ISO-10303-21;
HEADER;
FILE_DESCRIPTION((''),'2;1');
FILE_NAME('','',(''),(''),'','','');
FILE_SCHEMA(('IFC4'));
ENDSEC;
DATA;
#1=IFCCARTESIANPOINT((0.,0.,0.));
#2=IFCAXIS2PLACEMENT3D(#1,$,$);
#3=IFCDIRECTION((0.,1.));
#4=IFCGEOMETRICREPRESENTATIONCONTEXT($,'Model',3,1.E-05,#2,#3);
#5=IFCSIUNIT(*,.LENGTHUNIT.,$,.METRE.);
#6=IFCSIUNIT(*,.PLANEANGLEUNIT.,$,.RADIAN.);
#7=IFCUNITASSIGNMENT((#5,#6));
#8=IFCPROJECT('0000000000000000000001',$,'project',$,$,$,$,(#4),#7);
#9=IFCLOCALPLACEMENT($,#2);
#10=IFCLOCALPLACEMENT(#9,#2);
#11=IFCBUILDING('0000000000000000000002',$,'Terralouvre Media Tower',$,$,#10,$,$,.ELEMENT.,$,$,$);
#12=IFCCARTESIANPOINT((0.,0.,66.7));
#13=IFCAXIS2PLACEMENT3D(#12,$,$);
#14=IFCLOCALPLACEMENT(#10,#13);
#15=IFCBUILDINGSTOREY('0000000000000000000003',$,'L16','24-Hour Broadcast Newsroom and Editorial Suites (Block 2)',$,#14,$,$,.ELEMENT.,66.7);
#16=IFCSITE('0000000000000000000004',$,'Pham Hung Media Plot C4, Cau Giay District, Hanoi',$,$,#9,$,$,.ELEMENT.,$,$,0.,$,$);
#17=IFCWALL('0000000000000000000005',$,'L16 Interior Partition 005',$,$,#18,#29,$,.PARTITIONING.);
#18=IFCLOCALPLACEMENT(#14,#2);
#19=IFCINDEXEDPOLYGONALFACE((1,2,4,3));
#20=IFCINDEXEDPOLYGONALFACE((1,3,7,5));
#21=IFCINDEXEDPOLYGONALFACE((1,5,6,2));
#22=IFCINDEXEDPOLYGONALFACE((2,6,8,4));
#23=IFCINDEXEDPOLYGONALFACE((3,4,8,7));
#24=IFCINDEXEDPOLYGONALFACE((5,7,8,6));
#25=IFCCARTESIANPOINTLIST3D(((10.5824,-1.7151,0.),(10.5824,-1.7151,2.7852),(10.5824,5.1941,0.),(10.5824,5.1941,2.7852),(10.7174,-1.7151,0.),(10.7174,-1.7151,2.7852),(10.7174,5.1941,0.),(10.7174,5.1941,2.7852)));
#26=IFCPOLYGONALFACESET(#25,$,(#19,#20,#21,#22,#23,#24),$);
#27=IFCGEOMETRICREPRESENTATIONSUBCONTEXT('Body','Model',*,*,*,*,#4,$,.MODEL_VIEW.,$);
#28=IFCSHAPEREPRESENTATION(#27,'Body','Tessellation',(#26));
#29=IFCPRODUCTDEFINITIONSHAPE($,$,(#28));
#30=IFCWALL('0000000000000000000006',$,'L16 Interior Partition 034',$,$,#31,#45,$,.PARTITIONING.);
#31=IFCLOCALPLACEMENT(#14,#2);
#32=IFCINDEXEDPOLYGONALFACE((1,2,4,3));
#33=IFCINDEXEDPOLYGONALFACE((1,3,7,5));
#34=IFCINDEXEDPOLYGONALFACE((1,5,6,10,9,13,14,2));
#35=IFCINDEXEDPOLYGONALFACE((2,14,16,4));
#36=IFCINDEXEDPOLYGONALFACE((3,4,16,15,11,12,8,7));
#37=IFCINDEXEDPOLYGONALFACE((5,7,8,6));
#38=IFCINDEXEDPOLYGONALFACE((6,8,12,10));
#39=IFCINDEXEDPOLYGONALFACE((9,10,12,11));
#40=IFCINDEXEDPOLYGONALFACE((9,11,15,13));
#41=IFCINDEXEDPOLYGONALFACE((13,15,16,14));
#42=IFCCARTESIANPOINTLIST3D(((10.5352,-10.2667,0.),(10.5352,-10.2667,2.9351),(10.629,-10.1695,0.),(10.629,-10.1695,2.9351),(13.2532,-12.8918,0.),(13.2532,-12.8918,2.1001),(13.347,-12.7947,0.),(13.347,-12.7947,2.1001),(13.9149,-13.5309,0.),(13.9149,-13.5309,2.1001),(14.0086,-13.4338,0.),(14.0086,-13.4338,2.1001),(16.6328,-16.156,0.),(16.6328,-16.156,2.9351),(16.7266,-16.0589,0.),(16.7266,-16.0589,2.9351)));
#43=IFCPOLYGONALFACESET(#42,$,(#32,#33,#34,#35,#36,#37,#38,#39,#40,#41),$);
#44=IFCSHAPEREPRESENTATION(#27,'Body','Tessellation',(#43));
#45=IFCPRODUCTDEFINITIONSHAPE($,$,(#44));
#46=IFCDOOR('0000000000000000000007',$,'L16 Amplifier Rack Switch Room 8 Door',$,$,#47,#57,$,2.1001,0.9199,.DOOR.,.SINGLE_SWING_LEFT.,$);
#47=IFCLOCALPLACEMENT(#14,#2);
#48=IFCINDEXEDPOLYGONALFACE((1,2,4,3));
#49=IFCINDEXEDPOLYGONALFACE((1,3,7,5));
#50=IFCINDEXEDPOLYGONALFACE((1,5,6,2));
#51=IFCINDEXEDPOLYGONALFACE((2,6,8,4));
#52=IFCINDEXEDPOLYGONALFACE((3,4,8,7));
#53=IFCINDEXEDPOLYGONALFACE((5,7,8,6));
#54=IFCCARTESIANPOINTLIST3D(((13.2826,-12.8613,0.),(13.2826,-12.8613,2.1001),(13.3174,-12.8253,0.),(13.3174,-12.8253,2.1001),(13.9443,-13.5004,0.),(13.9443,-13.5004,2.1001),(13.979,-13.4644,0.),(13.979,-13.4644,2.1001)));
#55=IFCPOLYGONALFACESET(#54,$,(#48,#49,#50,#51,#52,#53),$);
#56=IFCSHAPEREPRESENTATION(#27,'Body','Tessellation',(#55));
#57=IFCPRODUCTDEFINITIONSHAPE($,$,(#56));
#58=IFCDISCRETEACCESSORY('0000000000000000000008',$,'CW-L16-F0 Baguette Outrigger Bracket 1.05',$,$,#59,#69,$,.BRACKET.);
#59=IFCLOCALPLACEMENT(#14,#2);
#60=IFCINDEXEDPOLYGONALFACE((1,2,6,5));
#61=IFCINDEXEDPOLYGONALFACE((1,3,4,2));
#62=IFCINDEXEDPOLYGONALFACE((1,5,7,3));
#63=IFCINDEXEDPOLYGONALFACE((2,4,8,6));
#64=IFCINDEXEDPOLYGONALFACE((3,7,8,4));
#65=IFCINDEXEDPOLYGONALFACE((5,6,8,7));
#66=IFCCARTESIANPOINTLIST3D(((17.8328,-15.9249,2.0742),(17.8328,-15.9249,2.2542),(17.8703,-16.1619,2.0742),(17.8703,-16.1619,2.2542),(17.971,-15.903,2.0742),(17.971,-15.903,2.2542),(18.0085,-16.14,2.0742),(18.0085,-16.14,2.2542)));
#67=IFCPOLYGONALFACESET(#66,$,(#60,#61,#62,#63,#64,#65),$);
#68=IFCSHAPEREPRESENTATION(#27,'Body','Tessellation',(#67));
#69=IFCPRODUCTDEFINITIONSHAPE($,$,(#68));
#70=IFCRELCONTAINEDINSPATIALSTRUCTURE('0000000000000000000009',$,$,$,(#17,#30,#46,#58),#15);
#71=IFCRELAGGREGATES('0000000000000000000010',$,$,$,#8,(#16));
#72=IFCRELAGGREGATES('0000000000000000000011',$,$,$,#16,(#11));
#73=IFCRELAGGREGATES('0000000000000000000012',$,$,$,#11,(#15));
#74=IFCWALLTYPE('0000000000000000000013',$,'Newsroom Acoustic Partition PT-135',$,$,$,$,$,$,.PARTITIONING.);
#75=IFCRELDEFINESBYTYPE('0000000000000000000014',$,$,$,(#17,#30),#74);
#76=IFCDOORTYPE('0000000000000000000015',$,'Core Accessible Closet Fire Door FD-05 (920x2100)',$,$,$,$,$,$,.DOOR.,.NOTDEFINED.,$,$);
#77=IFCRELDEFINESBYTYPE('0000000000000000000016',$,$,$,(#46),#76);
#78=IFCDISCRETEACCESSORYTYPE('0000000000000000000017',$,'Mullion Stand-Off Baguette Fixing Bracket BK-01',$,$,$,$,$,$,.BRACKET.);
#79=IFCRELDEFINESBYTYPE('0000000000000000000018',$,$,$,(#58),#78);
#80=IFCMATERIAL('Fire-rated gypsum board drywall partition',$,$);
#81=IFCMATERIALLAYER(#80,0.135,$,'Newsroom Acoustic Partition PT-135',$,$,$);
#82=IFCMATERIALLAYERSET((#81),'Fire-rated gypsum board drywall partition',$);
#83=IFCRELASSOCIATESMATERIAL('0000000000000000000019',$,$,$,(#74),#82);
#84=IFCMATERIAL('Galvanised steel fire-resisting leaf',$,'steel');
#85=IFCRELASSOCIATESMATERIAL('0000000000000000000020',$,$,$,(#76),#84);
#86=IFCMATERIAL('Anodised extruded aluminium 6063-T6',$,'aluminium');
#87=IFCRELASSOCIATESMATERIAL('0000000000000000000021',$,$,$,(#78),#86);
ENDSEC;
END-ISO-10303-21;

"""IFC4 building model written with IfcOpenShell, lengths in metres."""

from ifc_helpers import new_model, si_unit, direction, frame, frame_2d, origin, origin_2d, place, context, subcontext, project, spatial, rectangle, extrude, material, layer, layer_set, type_object, element, fill, save


model = new_model("IFC4")

# Units and contexts
model_context = context("Model", 3, precision=1e-05, world=origin(), true_north=direction((0.0, 1.0)))
body_context = subcontext(model_context, "Body", "Model", "MODEL_VIEW")
ifc_project = project(units=[si_unit("LENGTHUNIT", "METRE"), si_unit("PLANEANGLEUNIT", "RADIAN")], contexts=[model_context])

# Site, building, storey
site_placement = place(None, origin())
site = spatial("IfcSite", under=ifc_project, at=site_placement, Name="Pham Hung Media Plot C4, Cau Giay District, Hanoi", CompositionType="ELEMENT", RefElevation=0.0)
building_placement = place(site_placement, origin())
building = spatial("IfcBuilding", under=site, at=building_placement, Name="Terralouvre Media Tower", CompositionType="ELEMENT")
storey_placement = place(building_placement, frame((0.0, 0.0, 66.7)))
storey = spatial("IfcBuildingStorey", under=building, at=storey_placement, Name="L16", Description="24-Hour Broadcast Newsroom and Editorial Suites (Block 2)", CompositionType="ELEMENT", Elevation=66.7)

# Shared definitions
ifc_material_1 = material(Name="Fire-rated gypsum board drywall partition")
ifc_layer_1 = layer(ifc_material_1, 0.135, Name="Newsroom Acoustic Partition PT-135")
ifc_layer_set_1 = layer_set([ifc_layer_1], Name="Fire-rated gypsum board drywall partition")
wall_type_1 = type_object("IfcWallType", Name="Newsroom Acoustic Partition PT-135", PredefinedType="PARTITIONING", material=ifc_layer_set_1)

# Wall
wall_1_placement = place(storey_placement, frame((10.6499, -1.7151, 0.0), z_axis=(0.0, 0.0, 1.0), x_axis=(0.0, 1.0, 0.0)))
element("IfcWall", 1, at=wall_1_placement, inside=storey, type_object=wall_type_1, Name="L16 Interior Partition 005", PredefinedType="PARTITIONING", context=body_context, shape_type="SweptSolid", body=[
    extrude(rectangle(XDim=6.9092, YDim=0.135, at=frame_2d((3.4546, 0.0))), origin(), (0.0, 0.0, 1.0), 2.7852),
])

# Wall, opening, door
wall_2_placement = place(storey_placement, frame((10.582, -10.218, 0.0), z_axis=(0.0, 0.0, 1.0), x_axis=(0.719283, -0.694717, 0.0)))
wall_2 = element("IfcWall", 2, at=wall_2_placement, inside=storey, type_object=wall_type_1, Name="L16 Interior Partition 034", PredefinedType="PARTITIONING", context=body_context, shape_type="SweptSolid", body=[
    extrude(rectangle(XDim=8.4773, YDim=0.135, at=frame_2d((4.2388, 0.0))), origin(), (0.0, 0.0, 1.0), 2.9351),
])
opening_1_placement = place(wall_2_placement, frame((3.7788, 0.0, 0.0)))
opening_1 = element("IfcOpeningElement", 3, at=opening_1_placement, cuts=wall_2, PredefinedType="OPENING", context=body_context, shape_type="SweptSolid", body=[
    extrude(rectangle(XDim=0.9199, YDim=2.1001, at=frame_2d((0.46, 1.05))), frame((0.0, 0.0774, 0.0), z_axis=(0.0, -1.0, 0.0), x_axis=(1.0, 0.0, 0.0)), (0.0, 0.0, 1.0), 0.155),
])
ifc_material_2 = material(Name="Galvanised steel fire-resisting leaf", Category="steel")
door_type_1 = type_object("IfcDoorType", Name="Core Accessible Closet Fire Door FD-05 (920x2100)", OperationType="NOTDEFINED", PredefinedType="DOOR", material=ifc_material_2)
door_1_placement = place(opening_1_placement, origin())
door_1 = element("IfcDoor", 4, at=door_1_placement, inside=storey, type_object=door_type_1, Name="L16 Amplifier Rack Switch Room 8 Door", OperationType="SINGLE_SWING_LEFT", OverallHeight=2.1001, OverallWidth=0.9199, PredefinedType="DOOR", context=body_context, shape_type="SweptSolid", body=[
    extrude(rectangle(XDim=0.9199, YDim=2.1001, at=frame_2d((0.46, 1.05))), frame((0.0, 0.0249, 0.0), z_axis=(0.0, -1.0, 0.0), x_axis=(1.0, 0.0, 0.0)), (0.0, 0.0, 1.0), 0.05),
])
fill(opening_1, door_1)

# Discrete accessory
ifc_material_3 = material(Name="Anodised extruded aluminium 6063-T6", Category="aluminium")
discrete_accessory_type = type_object("IfcDiscreteAccessoryType", Name="Mullion Stand-Off Baguette Fixing Bracket BK-01", PredefinedType="BRACKET", material=ifc_material_3)
discrete_accessory_placement = place(storey_placement, frame((17.9207, -16.0325, 2.0742), z_axis=(0.0, 0.0, 1.0), x_axis=(0.987688, 0.156434, 0.0)))
element("IfcDiscreteAccessory", 5, at=discrete_accessory_placement, inside=storey, type_object=discrete_accessory_type, Name="CW-L16-F0 Baguette Outrigger Bracket 1.05", PredefinedType="BRACKET", context=body_context, shape_type="SweptSolid", body=[
    extrude(rectangle(XDim=0.1399, YDim=0.24, at=origin_2d()), origin(), (0.0, 0.0, 1.0), 0.1799),
])

save(model, "model.ifc")
